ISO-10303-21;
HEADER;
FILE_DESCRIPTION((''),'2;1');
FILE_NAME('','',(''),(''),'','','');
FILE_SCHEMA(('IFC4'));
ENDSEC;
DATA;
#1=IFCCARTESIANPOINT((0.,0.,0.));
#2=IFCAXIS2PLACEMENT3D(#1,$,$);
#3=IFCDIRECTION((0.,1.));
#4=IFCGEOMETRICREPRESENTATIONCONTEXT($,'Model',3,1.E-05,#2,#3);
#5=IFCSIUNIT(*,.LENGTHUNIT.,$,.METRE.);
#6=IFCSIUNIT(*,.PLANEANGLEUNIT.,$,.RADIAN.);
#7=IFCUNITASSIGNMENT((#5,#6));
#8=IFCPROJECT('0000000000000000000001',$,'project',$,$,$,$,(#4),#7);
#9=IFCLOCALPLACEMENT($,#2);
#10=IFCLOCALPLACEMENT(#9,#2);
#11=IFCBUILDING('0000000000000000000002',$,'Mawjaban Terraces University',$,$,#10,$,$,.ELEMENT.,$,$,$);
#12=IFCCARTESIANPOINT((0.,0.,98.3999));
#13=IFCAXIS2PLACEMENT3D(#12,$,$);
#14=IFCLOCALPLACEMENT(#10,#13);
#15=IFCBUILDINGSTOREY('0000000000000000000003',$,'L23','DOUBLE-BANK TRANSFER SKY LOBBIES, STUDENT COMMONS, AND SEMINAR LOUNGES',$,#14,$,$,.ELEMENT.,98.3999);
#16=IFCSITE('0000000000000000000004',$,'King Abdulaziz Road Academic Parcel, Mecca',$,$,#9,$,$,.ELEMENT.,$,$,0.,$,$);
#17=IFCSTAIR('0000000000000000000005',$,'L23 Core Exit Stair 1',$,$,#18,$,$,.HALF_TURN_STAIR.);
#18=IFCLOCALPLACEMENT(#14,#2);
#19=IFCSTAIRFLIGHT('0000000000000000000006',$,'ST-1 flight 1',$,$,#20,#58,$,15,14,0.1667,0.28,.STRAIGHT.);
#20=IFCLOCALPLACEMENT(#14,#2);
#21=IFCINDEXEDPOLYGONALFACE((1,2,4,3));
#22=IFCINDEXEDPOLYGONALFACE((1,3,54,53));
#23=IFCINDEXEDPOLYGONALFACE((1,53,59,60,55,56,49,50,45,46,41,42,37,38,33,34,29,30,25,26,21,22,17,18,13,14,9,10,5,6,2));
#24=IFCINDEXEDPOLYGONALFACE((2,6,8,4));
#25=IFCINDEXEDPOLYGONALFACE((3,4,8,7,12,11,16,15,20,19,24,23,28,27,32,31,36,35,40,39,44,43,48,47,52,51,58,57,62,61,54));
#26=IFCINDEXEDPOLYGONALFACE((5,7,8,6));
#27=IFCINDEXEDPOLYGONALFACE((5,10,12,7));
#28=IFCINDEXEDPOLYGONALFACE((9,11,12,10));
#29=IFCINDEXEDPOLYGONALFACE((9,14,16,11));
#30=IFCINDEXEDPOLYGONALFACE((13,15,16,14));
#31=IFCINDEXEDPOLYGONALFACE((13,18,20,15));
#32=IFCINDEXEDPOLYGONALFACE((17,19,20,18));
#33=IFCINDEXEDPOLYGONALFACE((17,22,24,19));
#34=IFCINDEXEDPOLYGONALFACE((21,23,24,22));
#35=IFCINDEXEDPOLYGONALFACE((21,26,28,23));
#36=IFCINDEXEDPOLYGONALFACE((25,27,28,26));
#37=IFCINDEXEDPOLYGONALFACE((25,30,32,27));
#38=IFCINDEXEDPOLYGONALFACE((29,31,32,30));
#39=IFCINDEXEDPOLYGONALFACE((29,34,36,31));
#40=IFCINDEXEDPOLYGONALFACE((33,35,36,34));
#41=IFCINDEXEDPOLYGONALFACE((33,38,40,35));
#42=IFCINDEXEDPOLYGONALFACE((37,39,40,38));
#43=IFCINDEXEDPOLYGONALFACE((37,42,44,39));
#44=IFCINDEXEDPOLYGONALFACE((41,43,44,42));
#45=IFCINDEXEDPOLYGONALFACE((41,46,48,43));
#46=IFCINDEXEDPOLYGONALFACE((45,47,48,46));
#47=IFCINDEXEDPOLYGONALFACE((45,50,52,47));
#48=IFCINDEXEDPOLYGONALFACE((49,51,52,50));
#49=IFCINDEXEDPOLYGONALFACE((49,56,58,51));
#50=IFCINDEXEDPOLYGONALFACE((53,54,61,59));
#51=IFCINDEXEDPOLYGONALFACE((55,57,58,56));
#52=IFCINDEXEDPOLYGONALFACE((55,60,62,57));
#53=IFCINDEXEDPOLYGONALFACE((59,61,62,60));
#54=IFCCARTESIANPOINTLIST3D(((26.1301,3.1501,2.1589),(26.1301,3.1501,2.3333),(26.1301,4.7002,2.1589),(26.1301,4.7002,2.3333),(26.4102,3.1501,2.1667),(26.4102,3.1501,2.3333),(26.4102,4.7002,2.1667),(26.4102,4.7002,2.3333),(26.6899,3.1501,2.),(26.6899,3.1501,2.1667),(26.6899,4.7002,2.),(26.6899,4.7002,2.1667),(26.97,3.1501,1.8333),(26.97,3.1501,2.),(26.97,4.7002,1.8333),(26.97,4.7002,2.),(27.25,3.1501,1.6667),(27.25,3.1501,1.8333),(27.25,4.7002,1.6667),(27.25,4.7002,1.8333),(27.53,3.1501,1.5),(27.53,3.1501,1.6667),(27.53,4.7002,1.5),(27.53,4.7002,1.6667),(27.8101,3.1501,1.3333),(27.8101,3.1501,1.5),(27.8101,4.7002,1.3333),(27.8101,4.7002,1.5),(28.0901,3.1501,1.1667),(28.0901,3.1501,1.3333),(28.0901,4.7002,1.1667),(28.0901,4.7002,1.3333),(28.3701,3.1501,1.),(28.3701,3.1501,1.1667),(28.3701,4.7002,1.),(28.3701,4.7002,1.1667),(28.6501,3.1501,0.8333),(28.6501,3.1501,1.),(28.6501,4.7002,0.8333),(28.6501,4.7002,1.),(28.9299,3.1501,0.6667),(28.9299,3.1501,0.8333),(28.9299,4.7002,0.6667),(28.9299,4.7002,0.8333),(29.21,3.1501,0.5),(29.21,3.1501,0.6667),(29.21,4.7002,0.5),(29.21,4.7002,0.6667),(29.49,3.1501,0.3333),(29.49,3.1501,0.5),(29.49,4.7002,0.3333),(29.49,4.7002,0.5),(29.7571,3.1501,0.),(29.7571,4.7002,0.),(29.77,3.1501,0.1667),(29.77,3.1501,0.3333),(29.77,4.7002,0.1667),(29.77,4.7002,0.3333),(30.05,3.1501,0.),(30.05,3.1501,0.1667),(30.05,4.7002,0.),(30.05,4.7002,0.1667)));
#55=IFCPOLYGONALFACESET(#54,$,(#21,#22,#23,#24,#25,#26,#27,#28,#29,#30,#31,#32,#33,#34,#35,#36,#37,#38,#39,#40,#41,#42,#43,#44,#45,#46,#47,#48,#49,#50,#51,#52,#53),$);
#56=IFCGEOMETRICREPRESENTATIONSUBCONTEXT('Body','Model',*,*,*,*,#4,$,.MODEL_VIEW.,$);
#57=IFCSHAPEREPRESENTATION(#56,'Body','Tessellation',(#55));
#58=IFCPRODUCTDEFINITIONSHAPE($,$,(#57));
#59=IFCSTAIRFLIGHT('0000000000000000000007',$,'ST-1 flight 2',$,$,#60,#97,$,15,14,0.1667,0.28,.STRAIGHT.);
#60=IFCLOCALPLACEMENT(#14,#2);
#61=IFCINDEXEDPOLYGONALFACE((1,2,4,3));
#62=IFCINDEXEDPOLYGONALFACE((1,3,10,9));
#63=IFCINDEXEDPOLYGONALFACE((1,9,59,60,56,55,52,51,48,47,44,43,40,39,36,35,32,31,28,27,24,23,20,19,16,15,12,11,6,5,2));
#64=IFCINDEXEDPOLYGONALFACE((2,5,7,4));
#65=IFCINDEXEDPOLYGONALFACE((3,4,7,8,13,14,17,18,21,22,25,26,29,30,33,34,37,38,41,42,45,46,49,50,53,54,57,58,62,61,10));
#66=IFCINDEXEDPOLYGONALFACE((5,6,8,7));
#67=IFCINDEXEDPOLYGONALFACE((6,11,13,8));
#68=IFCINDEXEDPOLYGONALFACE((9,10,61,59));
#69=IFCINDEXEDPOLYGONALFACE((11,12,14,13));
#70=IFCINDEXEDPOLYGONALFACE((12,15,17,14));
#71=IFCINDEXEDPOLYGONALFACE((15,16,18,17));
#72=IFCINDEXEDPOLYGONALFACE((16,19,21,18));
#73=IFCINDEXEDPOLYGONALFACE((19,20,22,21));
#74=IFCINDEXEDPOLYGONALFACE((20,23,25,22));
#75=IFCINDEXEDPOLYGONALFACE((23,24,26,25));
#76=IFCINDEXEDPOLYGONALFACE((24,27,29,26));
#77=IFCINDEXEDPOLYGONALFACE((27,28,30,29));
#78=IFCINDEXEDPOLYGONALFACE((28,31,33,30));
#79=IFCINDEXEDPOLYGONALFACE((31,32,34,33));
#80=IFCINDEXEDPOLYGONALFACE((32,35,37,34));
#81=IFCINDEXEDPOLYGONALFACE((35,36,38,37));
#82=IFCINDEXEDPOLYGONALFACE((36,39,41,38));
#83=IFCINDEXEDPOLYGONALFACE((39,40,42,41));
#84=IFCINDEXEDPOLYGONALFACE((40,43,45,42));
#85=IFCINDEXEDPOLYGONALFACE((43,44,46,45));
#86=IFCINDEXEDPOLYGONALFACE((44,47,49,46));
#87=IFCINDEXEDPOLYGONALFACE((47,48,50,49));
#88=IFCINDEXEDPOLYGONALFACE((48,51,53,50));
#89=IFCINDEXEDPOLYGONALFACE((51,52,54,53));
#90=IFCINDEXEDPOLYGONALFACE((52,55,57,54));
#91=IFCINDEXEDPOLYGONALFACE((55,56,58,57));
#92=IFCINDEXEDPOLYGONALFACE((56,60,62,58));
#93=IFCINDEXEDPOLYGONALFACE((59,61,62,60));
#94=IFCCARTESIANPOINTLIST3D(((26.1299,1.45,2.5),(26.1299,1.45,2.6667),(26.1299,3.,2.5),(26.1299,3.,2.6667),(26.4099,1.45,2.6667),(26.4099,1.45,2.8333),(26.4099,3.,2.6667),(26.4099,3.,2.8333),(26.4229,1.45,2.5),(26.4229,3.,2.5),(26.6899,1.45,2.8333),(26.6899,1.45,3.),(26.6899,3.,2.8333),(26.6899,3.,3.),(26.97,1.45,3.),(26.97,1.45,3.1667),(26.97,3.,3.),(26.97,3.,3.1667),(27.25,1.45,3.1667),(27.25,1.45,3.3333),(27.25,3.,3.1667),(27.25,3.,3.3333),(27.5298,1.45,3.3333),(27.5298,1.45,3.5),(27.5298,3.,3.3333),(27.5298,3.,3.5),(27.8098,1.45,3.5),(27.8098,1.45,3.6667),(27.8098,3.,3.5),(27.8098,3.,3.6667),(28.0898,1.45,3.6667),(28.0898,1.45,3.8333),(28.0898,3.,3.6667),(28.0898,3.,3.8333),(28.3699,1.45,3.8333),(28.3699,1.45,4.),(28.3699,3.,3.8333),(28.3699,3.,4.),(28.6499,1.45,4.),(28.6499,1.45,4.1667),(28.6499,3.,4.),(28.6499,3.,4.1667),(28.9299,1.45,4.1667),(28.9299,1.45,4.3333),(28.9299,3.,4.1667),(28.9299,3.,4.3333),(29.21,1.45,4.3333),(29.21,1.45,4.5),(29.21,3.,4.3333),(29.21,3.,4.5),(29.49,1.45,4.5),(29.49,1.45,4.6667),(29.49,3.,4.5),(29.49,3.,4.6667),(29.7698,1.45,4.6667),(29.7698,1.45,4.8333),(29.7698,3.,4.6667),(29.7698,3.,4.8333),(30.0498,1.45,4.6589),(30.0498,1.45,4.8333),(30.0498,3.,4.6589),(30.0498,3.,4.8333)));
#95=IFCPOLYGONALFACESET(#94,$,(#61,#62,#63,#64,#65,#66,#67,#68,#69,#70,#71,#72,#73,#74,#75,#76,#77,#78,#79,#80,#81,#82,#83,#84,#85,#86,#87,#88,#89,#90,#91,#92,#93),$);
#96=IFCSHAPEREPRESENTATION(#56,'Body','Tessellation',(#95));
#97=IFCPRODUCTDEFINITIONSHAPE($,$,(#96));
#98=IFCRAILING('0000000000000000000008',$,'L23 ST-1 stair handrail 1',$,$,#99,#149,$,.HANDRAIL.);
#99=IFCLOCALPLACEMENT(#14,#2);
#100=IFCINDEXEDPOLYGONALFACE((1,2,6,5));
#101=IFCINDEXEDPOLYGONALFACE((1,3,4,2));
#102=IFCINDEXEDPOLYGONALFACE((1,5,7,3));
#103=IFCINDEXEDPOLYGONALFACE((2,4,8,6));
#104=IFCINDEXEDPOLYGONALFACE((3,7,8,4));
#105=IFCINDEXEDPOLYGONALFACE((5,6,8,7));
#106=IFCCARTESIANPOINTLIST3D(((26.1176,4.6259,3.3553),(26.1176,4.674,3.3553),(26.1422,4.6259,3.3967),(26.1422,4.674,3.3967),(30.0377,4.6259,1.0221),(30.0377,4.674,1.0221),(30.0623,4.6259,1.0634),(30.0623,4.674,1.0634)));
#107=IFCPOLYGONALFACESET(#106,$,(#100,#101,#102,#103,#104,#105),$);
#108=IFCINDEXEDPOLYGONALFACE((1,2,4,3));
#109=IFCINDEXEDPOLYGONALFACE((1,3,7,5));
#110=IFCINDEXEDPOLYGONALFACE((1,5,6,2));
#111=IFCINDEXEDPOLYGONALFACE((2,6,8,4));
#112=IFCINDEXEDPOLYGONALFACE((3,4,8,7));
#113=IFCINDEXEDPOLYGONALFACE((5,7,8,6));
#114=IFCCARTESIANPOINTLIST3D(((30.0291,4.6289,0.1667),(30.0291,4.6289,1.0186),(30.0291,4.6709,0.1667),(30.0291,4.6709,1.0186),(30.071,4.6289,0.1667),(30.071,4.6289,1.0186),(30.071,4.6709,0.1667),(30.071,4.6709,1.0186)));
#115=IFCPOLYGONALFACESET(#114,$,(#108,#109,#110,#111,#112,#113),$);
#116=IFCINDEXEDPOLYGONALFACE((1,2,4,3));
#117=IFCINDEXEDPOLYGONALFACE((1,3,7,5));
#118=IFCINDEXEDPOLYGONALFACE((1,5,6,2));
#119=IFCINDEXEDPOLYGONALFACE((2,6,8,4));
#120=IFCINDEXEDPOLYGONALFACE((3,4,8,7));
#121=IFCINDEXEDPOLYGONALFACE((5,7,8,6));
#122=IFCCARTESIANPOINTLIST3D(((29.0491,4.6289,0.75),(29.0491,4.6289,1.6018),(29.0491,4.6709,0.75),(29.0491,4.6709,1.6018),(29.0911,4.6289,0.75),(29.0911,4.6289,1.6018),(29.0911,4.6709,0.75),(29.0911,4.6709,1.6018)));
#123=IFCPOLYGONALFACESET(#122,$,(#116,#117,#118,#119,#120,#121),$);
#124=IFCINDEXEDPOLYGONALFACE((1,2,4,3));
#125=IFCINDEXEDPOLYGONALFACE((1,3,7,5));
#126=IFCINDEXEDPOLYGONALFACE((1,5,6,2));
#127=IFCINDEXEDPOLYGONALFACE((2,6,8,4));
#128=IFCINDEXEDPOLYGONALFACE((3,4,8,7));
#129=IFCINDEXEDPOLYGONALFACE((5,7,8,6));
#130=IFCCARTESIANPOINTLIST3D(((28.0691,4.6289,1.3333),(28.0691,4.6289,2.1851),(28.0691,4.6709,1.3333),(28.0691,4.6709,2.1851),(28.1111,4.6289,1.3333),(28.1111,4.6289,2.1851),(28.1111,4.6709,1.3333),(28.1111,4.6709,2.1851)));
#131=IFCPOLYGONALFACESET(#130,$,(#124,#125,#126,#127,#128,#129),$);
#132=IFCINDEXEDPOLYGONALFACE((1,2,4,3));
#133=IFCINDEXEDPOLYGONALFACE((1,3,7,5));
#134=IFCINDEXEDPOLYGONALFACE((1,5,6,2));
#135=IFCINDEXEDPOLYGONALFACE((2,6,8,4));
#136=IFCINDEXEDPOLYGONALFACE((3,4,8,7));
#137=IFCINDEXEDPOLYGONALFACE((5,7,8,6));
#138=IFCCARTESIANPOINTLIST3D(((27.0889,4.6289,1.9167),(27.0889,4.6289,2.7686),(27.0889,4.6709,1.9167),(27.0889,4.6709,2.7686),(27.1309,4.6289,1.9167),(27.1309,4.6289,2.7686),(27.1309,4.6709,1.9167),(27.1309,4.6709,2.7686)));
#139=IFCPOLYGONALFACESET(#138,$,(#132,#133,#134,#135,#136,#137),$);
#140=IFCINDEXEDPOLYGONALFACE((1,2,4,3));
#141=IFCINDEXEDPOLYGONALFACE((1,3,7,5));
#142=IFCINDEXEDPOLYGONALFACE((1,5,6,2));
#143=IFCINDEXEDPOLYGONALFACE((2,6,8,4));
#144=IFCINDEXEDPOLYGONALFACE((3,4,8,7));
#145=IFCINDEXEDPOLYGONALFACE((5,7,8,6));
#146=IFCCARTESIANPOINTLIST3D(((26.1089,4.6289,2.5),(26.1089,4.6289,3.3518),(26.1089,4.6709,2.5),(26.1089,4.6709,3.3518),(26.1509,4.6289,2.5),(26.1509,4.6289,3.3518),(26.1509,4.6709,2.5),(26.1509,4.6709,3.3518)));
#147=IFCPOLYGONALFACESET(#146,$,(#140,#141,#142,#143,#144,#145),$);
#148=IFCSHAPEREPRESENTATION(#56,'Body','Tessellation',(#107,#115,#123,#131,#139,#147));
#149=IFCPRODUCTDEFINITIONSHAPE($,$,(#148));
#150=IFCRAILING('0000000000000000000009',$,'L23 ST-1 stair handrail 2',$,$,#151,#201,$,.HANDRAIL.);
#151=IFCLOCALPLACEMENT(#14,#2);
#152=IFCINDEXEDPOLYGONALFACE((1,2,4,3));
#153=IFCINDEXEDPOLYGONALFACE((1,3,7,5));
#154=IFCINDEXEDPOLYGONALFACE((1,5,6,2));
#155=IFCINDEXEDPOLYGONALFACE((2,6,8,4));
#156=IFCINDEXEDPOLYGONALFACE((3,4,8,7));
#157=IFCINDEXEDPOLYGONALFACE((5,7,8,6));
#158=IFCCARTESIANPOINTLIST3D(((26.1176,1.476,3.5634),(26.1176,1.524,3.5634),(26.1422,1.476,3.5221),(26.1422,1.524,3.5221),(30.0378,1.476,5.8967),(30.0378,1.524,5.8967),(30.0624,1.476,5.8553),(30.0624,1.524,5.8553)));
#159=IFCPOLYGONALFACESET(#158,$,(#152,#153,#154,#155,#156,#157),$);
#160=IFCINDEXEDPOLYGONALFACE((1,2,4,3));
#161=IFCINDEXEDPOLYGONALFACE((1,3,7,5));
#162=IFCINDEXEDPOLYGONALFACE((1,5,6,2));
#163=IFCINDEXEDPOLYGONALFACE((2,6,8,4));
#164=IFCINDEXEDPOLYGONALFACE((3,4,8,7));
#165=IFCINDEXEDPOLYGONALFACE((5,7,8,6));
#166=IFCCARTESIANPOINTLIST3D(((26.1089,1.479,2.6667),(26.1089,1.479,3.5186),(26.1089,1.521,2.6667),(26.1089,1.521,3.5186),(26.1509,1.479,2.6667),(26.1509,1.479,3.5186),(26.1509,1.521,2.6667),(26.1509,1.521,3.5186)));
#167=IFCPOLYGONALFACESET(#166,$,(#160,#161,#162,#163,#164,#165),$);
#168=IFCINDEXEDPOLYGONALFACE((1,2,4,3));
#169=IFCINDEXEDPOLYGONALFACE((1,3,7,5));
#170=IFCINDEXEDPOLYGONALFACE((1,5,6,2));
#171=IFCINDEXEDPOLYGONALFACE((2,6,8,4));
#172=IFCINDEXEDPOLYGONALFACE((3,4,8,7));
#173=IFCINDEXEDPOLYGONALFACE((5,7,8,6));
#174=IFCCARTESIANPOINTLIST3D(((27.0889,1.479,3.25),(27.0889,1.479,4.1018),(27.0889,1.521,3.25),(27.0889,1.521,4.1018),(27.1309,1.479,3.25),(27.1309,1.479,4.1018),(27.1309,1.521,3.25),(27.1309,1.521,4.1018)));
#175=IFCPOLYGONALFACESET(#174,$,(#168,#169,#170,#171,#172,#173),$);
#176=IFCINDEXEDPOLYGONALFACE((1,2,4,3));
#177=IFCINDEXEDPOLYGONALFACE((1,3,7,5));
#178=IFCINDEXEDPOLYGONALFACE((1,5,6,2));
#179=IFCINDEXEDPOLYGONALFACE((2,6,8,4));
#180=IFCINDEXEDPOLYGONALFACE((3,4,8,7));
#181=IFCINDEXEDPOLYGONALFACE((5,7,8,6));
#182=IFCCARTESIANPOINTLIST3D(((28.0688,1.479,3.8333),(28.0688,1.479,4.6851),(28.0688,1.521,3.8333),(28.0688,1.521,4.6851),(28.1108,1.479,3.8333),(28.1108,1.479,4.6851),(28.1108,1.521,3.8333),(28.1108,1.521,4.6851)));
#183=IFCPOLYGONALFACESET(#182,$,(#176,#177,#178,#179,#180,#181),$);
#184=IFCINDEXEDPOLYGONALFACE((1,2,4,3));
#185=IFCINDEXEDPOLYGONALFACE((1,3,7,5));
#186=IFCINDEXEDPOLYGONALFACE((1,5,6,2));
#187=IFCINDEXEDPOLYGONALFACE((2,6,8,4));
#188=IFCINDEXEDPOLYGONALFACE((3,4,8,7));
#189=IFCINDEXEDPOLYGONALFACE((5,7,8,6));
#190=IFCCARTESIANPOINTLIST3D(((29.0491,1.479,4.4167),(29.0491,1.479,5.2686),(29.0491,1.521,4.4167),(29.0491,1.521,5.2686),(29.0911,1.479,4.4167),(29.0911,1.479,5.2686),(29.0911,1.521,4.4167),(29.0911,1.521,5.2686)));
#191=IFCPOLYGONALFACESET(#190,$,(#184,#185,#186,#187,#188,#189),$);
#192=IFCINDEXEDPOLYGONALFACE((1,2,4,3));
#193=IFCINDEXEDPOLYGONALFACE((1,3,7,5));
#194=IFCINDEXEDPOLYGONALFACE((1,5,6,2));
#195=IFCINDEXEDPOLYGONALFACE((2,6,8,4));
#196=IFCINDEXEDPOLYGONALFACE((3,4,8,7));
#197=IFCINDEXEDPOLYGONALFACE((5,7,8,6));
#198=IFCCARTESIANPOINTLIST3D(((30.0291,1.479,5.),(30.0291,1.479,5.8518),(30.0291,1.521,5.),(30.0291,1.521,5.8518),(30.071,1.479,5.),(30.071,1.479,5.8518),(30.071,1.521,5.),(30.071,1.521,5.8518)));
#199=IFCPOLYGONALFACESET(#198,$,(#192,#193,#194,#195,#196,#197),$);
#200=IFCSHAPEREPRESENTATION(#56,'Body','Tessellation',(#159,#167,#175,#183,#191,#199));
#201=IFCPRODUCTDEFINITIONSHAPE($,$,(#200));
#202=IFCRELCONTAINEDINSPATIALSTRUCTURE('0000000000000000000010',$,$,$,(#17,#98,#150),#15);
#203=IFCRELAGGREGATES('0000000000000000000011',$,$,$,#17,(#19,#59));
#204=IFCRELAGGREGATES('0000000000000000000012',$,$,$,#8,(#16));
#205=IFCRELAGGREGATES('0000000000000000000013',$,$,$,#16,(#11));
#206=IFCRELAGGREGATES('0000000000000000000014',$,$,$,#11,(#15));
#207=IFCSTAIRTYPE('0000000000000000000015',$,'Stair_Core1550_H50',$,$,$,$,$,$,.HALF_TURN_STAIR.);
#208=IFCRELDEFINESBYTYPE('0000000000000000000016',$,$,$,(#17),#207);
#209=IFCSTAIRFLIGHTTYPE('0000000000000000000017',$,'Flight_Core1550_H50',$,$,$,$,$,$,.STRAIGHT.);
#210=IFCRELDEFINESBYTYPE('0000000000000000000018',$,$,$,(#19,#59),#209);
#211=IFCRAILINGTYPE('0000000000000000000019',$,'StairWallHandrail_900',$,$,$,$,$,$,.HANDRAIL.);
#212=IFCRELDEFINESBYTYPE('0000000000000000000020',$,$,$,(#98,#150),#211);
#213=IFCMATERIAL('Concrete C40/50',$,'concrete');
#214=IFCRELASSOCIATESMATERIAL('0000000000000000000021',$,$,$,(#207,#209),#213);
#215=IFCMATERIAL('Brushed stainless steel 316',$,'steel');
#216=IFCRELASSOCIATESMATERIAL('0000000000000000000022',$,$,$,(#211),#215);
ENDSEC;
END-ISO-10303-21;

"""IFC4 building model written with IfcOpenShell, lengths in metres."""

from ifc_helpers import new_model, si_unit, direction, frame, origin, origin_2d, place, context, subcontext, project, spatial, polyline, rectangle, outline, extrude, material, type_object, element, aggregate, save


model = new_model("IFC4")

# Units and contexts
model_context = context("Model", 3, precision=1e-05, world=origin(), true_north=direction((0.0, 1.0)))
body_context = subcontext(model_context, "Body", "Model", "MODEL_VIEW")
ifc_project = project(units=[si_unit("LENGTHUNIT", "METRE"), si_unit("PLANEANGLEUNIT", "RADIAN")], contexts=[model_context])

# Site, building, storey
site_placement = place(None, origin())
site = spatial("IfcSite", under=ifc_project, at=site_placement, Name="King Abdulaziz Road Academic Parcel, Mecca", CompositionType="ELEMENT", RefElevation=0.0)
building_placement = place(site_placement, origin())
building = spatial("IfcBuilding", under=site, at=building_placement, Name="Mawjaban Terraces University", CompositionType="ELEMENT")
storey_placement = place(building_placement, frame((0.0, 0.0, 98.3999)))
storey = spatial("IfcBuildingStorey", under=building, at=storey_placement, Name="L23", Description="DOUBLE-BANK TRANSFER SKY LOBBIES, STUDENT COMMONS, AND SEMINAR LOUNGES", CompositionType="ELEMENT", Elevation=98.3999)

# Shared definitions
ifc_material_1 = material(Name="Concrete C40/50", Category="concrete")

# Stair, stair flights
stair_type = type_object("IfcStairType", Name="Stair_Core1550_H50", PredefinedType="HALF_TURN_STAIR", material=ifc_material_1)
stair_placement = place(storey_placement, origin())
stair = element("IfcStair", 1, at=stair_placement, inside=storey, type_object=stair_type, Name="L23 Core Exit Stair 1", PredefinedType="HALF_TURN_STAIR")
stair_flight_type = type_object("IfcStairFlightType", Name="Flight_Core1550_H50", PredefinedType="STRAIGHT", material=ifc_material_1)
stair_flight_1_placement = place(storey_placement, frame((30.05, 3.925, 0.0), z_axis=(0.0, 0.0, 1.0), x_axis=(-1.0, 0.0, 0.0)))
stair_flight_1 = element("IfcStairFlight", 2, at=stair_flight_1_placement, type_object=stair_flight_type, Name="ST-1 flight 1", NumberOfRisers=15, NumberOfTreads=14, PredefinedType="STRAIGHT", RiserHeight=0.1667, TreadLength=0.28, context=body_context, shape_type="SweptSolid", body=[
    extrude(outline(polyline([(0.0, 0.0), (0.0, 0.1667), (0.28, 0.1667), (0.28, 0.3333), (0.5601, 0.3333), (0.5601, 0.5), (0.8401, 0.5), (0.8401, 0.6667), (1.1201, 0.6667), (1.1201, 0.8333), (1.3999, 0.8333), (1.3999, 1.0), (1.6799, 1.0), (1.6799, 1.1667), (1.96, 1.1667), (1.96, 1.3333), (2.24, 1.3333), (2.24, 1.5), (2.52, 1.5), (2.52, 1.6667), (2.8, 1.6667), (2.8, 1.8333), (3.0801, 1.8333), (3.0801, 2.0), (3.3601, 2.0), (3.3601, 2.1667), (3.6399, 2.1667), (3.6399, 2.3333), (3.9199, 2.3333), (3.9199, 2.5), (3.9199, 2.1589), (0.293, 0.0), (0.0, 0.0)])), frame((0.0, 0.7749, 0.0), z_axis=(0.0, -1.0, 0.0), x_axis=(1.0, 0.0, 0.0)), (0.0, 0.0, 1.0), 1.55),
])
stair_flight_2_placement = place(storey_placement, frame((26.1299, 2.2251, 2.5), z_axis=(0.0, 0.0, 1.0), x_axis=(1.0, 0.0, 0.0)))
stair_flight_2 = element("IfcStairFlight", 3, at=stair_flight_2_placement, type_object=stair_flight_type, Name="ST-1 flight 2", NumberOfRisers=15, NumberOfTreads=14, PredefinedType="STRAIGHT", RiserHeight=0.1667, TreadLength=0.28, context=body_context, shape_type="SweptSolid", body=[
    extrude(outline(polyline([(0.0, 0.0), (0.0, 0.1667), (0.28, 0.1667), (0.28, 0.3333), (0.5601, 0.3333), (0.5601, 0.5), (0.8401, 0.5), (0.8401, 0.6667), (1.1201, 0.6667), (1.1201, 0.8333), (1.3999, 0.8333), (1.3999, 1.0), (1.6799, 1.0), (1.6799, 1.1667), (1.96, 1.1667), (1.96, 1.3333), (2.24, 1.3333), (2.24, 1.5), (2.52, 1.5), (2.52, 1.6667), (2.8, 1.6667), (2.8, 1.8333), (3.0801, 1.8333), (3.0801, 2.0), (3.3601, 2.0), (3.3601, 2.1667), (3.6399, 2.1667), (3.6399, 2.3333), (3.9199, 2.3333), (3.9199, 2.5), (3.9199, 2.1589), (0.293, 0.0), (0.0, 0.0)])), frame((0.0, 0.7749, 0.0), z_axis=(0.0, -1.0, 0.0), x_axis=(1.0, 0.0, 0.0)), (0.0, 0.0, 1.0), 1.55),
])
aggregate(stair, [stair_flight_1, stair_flight_2])

# Railings
ifc_material_2 = material(Name="Brushed stainless steel 316", Category="steel")
railing_type_1 = type_object("IfcRailingType", Name="StairWallHandrail_900", PredefinedType="HANDRAIL", material=ifc_material_2)
railing_1_placement = place(storey_placement, frame((30.05, 4.6499, 0.1667)))
element("IfcRailing", 4, at=railing_1_placement, inside=storey, type_object=railing_type_1, Name="L23 ST-1 stair handrail 1", PredefinedType="HANDRAIL", context=body_context, shape_type="SweptSolid", body=[
    extrude(rectangle(XDim=0.0481, YDim=0.0481, at=origin_2d()), frame((0.0, 0.0, 0.876), z_axis=(-0.85931, 0.0, 0.511455), x_axis=(0.0, -1.0, 0.0)), (0.0, 0.0, 1.0), 4.562),
    extrude(rectangle(XDim=0.042, YDim=0.042, at=origin_2d()), origin(), (0.0, 0.0, 1.0), 0.8518),
    extrude(rectangle(XDim=0.042, YDim=0.042, at=origin_2d()), frame((-0.98, 0.0, 0.5833)), (0.0, 0.0, 1.0), 0.8518),
    extrude(rectangle(XDim=0.042, YDim=0.042, at=origin_2d()), frame((-1.96, 0.0, 1.1665)), (0.0, 0.0, 1.0), 0.8518),
    extrude(rectangle(XDim=0.042, YDim=0.042, at=origin_2d()), frame((-2.9402, 0.0, 1.75)), (0.0, 0.0, 1.0), 0.8518),
    extrude(rectangle(XDim=0.042, YDim=0.042, at=origin_2d()), frame((-3.9202, 0.0, 2.3333)), (0.0, 0.0, 1.0), 0.8518),
])
railing_2_placement = place(storey_placement, frame((26.1299, 1.5, 2.6667)))
element("IfcRailing", 5, at=railing_2_placement, inside=storey, type_object=railing_type_1, Name="L23 ST-1 stair handrail 2", PredefinedType="HANDRAIL", context=body_context, shape_type="SweptSolid", body=[
    extrude(rectangle(XDim=0.0481, YDim=0.0481, at=origin_2d()), frame((0.0, 0.0, 0.876), z_axis=(0.85931, 0.0, 0.511455), x_axis=(0.0, 1.0, 0.0)), (0.0, 0.0, 1.0), 4.562),
    extrude(rectangle(XDim=0.042, YDim=0.042, at=origin_2d()), origin(), (0.0, 0.0, 1.0), 0.8518),
    extrude(rectangle(XDim=0.042, YDim=0.042, at=origin_2d()), frame((0.98, 0.0, 0.5833)), (0.0, 0.0, 1.0), 0.8518),
    extrude(rectangle(XDim=0.042, YDim=0.042, at=origin_2d()), frame((1.96, 0.0, 1.1665)), (0.0, 0.0, 1.0), 0.8518),
    extrude(rectangle(XDim=0.042, YDim=0.042, at=origin_2d()), frame((2.9402, 0.0, 1.75)), (0.0, 0.0, 1.0), 0.8518),
    extrude(rectangle(XDim=0.042, YDim=0.042, at=origin_2d()), frame((3.9202, 0.0, 2.3333)), (0.0, 0.0, 1.0), 0.8518),
])

save(model, "model.ifc")
